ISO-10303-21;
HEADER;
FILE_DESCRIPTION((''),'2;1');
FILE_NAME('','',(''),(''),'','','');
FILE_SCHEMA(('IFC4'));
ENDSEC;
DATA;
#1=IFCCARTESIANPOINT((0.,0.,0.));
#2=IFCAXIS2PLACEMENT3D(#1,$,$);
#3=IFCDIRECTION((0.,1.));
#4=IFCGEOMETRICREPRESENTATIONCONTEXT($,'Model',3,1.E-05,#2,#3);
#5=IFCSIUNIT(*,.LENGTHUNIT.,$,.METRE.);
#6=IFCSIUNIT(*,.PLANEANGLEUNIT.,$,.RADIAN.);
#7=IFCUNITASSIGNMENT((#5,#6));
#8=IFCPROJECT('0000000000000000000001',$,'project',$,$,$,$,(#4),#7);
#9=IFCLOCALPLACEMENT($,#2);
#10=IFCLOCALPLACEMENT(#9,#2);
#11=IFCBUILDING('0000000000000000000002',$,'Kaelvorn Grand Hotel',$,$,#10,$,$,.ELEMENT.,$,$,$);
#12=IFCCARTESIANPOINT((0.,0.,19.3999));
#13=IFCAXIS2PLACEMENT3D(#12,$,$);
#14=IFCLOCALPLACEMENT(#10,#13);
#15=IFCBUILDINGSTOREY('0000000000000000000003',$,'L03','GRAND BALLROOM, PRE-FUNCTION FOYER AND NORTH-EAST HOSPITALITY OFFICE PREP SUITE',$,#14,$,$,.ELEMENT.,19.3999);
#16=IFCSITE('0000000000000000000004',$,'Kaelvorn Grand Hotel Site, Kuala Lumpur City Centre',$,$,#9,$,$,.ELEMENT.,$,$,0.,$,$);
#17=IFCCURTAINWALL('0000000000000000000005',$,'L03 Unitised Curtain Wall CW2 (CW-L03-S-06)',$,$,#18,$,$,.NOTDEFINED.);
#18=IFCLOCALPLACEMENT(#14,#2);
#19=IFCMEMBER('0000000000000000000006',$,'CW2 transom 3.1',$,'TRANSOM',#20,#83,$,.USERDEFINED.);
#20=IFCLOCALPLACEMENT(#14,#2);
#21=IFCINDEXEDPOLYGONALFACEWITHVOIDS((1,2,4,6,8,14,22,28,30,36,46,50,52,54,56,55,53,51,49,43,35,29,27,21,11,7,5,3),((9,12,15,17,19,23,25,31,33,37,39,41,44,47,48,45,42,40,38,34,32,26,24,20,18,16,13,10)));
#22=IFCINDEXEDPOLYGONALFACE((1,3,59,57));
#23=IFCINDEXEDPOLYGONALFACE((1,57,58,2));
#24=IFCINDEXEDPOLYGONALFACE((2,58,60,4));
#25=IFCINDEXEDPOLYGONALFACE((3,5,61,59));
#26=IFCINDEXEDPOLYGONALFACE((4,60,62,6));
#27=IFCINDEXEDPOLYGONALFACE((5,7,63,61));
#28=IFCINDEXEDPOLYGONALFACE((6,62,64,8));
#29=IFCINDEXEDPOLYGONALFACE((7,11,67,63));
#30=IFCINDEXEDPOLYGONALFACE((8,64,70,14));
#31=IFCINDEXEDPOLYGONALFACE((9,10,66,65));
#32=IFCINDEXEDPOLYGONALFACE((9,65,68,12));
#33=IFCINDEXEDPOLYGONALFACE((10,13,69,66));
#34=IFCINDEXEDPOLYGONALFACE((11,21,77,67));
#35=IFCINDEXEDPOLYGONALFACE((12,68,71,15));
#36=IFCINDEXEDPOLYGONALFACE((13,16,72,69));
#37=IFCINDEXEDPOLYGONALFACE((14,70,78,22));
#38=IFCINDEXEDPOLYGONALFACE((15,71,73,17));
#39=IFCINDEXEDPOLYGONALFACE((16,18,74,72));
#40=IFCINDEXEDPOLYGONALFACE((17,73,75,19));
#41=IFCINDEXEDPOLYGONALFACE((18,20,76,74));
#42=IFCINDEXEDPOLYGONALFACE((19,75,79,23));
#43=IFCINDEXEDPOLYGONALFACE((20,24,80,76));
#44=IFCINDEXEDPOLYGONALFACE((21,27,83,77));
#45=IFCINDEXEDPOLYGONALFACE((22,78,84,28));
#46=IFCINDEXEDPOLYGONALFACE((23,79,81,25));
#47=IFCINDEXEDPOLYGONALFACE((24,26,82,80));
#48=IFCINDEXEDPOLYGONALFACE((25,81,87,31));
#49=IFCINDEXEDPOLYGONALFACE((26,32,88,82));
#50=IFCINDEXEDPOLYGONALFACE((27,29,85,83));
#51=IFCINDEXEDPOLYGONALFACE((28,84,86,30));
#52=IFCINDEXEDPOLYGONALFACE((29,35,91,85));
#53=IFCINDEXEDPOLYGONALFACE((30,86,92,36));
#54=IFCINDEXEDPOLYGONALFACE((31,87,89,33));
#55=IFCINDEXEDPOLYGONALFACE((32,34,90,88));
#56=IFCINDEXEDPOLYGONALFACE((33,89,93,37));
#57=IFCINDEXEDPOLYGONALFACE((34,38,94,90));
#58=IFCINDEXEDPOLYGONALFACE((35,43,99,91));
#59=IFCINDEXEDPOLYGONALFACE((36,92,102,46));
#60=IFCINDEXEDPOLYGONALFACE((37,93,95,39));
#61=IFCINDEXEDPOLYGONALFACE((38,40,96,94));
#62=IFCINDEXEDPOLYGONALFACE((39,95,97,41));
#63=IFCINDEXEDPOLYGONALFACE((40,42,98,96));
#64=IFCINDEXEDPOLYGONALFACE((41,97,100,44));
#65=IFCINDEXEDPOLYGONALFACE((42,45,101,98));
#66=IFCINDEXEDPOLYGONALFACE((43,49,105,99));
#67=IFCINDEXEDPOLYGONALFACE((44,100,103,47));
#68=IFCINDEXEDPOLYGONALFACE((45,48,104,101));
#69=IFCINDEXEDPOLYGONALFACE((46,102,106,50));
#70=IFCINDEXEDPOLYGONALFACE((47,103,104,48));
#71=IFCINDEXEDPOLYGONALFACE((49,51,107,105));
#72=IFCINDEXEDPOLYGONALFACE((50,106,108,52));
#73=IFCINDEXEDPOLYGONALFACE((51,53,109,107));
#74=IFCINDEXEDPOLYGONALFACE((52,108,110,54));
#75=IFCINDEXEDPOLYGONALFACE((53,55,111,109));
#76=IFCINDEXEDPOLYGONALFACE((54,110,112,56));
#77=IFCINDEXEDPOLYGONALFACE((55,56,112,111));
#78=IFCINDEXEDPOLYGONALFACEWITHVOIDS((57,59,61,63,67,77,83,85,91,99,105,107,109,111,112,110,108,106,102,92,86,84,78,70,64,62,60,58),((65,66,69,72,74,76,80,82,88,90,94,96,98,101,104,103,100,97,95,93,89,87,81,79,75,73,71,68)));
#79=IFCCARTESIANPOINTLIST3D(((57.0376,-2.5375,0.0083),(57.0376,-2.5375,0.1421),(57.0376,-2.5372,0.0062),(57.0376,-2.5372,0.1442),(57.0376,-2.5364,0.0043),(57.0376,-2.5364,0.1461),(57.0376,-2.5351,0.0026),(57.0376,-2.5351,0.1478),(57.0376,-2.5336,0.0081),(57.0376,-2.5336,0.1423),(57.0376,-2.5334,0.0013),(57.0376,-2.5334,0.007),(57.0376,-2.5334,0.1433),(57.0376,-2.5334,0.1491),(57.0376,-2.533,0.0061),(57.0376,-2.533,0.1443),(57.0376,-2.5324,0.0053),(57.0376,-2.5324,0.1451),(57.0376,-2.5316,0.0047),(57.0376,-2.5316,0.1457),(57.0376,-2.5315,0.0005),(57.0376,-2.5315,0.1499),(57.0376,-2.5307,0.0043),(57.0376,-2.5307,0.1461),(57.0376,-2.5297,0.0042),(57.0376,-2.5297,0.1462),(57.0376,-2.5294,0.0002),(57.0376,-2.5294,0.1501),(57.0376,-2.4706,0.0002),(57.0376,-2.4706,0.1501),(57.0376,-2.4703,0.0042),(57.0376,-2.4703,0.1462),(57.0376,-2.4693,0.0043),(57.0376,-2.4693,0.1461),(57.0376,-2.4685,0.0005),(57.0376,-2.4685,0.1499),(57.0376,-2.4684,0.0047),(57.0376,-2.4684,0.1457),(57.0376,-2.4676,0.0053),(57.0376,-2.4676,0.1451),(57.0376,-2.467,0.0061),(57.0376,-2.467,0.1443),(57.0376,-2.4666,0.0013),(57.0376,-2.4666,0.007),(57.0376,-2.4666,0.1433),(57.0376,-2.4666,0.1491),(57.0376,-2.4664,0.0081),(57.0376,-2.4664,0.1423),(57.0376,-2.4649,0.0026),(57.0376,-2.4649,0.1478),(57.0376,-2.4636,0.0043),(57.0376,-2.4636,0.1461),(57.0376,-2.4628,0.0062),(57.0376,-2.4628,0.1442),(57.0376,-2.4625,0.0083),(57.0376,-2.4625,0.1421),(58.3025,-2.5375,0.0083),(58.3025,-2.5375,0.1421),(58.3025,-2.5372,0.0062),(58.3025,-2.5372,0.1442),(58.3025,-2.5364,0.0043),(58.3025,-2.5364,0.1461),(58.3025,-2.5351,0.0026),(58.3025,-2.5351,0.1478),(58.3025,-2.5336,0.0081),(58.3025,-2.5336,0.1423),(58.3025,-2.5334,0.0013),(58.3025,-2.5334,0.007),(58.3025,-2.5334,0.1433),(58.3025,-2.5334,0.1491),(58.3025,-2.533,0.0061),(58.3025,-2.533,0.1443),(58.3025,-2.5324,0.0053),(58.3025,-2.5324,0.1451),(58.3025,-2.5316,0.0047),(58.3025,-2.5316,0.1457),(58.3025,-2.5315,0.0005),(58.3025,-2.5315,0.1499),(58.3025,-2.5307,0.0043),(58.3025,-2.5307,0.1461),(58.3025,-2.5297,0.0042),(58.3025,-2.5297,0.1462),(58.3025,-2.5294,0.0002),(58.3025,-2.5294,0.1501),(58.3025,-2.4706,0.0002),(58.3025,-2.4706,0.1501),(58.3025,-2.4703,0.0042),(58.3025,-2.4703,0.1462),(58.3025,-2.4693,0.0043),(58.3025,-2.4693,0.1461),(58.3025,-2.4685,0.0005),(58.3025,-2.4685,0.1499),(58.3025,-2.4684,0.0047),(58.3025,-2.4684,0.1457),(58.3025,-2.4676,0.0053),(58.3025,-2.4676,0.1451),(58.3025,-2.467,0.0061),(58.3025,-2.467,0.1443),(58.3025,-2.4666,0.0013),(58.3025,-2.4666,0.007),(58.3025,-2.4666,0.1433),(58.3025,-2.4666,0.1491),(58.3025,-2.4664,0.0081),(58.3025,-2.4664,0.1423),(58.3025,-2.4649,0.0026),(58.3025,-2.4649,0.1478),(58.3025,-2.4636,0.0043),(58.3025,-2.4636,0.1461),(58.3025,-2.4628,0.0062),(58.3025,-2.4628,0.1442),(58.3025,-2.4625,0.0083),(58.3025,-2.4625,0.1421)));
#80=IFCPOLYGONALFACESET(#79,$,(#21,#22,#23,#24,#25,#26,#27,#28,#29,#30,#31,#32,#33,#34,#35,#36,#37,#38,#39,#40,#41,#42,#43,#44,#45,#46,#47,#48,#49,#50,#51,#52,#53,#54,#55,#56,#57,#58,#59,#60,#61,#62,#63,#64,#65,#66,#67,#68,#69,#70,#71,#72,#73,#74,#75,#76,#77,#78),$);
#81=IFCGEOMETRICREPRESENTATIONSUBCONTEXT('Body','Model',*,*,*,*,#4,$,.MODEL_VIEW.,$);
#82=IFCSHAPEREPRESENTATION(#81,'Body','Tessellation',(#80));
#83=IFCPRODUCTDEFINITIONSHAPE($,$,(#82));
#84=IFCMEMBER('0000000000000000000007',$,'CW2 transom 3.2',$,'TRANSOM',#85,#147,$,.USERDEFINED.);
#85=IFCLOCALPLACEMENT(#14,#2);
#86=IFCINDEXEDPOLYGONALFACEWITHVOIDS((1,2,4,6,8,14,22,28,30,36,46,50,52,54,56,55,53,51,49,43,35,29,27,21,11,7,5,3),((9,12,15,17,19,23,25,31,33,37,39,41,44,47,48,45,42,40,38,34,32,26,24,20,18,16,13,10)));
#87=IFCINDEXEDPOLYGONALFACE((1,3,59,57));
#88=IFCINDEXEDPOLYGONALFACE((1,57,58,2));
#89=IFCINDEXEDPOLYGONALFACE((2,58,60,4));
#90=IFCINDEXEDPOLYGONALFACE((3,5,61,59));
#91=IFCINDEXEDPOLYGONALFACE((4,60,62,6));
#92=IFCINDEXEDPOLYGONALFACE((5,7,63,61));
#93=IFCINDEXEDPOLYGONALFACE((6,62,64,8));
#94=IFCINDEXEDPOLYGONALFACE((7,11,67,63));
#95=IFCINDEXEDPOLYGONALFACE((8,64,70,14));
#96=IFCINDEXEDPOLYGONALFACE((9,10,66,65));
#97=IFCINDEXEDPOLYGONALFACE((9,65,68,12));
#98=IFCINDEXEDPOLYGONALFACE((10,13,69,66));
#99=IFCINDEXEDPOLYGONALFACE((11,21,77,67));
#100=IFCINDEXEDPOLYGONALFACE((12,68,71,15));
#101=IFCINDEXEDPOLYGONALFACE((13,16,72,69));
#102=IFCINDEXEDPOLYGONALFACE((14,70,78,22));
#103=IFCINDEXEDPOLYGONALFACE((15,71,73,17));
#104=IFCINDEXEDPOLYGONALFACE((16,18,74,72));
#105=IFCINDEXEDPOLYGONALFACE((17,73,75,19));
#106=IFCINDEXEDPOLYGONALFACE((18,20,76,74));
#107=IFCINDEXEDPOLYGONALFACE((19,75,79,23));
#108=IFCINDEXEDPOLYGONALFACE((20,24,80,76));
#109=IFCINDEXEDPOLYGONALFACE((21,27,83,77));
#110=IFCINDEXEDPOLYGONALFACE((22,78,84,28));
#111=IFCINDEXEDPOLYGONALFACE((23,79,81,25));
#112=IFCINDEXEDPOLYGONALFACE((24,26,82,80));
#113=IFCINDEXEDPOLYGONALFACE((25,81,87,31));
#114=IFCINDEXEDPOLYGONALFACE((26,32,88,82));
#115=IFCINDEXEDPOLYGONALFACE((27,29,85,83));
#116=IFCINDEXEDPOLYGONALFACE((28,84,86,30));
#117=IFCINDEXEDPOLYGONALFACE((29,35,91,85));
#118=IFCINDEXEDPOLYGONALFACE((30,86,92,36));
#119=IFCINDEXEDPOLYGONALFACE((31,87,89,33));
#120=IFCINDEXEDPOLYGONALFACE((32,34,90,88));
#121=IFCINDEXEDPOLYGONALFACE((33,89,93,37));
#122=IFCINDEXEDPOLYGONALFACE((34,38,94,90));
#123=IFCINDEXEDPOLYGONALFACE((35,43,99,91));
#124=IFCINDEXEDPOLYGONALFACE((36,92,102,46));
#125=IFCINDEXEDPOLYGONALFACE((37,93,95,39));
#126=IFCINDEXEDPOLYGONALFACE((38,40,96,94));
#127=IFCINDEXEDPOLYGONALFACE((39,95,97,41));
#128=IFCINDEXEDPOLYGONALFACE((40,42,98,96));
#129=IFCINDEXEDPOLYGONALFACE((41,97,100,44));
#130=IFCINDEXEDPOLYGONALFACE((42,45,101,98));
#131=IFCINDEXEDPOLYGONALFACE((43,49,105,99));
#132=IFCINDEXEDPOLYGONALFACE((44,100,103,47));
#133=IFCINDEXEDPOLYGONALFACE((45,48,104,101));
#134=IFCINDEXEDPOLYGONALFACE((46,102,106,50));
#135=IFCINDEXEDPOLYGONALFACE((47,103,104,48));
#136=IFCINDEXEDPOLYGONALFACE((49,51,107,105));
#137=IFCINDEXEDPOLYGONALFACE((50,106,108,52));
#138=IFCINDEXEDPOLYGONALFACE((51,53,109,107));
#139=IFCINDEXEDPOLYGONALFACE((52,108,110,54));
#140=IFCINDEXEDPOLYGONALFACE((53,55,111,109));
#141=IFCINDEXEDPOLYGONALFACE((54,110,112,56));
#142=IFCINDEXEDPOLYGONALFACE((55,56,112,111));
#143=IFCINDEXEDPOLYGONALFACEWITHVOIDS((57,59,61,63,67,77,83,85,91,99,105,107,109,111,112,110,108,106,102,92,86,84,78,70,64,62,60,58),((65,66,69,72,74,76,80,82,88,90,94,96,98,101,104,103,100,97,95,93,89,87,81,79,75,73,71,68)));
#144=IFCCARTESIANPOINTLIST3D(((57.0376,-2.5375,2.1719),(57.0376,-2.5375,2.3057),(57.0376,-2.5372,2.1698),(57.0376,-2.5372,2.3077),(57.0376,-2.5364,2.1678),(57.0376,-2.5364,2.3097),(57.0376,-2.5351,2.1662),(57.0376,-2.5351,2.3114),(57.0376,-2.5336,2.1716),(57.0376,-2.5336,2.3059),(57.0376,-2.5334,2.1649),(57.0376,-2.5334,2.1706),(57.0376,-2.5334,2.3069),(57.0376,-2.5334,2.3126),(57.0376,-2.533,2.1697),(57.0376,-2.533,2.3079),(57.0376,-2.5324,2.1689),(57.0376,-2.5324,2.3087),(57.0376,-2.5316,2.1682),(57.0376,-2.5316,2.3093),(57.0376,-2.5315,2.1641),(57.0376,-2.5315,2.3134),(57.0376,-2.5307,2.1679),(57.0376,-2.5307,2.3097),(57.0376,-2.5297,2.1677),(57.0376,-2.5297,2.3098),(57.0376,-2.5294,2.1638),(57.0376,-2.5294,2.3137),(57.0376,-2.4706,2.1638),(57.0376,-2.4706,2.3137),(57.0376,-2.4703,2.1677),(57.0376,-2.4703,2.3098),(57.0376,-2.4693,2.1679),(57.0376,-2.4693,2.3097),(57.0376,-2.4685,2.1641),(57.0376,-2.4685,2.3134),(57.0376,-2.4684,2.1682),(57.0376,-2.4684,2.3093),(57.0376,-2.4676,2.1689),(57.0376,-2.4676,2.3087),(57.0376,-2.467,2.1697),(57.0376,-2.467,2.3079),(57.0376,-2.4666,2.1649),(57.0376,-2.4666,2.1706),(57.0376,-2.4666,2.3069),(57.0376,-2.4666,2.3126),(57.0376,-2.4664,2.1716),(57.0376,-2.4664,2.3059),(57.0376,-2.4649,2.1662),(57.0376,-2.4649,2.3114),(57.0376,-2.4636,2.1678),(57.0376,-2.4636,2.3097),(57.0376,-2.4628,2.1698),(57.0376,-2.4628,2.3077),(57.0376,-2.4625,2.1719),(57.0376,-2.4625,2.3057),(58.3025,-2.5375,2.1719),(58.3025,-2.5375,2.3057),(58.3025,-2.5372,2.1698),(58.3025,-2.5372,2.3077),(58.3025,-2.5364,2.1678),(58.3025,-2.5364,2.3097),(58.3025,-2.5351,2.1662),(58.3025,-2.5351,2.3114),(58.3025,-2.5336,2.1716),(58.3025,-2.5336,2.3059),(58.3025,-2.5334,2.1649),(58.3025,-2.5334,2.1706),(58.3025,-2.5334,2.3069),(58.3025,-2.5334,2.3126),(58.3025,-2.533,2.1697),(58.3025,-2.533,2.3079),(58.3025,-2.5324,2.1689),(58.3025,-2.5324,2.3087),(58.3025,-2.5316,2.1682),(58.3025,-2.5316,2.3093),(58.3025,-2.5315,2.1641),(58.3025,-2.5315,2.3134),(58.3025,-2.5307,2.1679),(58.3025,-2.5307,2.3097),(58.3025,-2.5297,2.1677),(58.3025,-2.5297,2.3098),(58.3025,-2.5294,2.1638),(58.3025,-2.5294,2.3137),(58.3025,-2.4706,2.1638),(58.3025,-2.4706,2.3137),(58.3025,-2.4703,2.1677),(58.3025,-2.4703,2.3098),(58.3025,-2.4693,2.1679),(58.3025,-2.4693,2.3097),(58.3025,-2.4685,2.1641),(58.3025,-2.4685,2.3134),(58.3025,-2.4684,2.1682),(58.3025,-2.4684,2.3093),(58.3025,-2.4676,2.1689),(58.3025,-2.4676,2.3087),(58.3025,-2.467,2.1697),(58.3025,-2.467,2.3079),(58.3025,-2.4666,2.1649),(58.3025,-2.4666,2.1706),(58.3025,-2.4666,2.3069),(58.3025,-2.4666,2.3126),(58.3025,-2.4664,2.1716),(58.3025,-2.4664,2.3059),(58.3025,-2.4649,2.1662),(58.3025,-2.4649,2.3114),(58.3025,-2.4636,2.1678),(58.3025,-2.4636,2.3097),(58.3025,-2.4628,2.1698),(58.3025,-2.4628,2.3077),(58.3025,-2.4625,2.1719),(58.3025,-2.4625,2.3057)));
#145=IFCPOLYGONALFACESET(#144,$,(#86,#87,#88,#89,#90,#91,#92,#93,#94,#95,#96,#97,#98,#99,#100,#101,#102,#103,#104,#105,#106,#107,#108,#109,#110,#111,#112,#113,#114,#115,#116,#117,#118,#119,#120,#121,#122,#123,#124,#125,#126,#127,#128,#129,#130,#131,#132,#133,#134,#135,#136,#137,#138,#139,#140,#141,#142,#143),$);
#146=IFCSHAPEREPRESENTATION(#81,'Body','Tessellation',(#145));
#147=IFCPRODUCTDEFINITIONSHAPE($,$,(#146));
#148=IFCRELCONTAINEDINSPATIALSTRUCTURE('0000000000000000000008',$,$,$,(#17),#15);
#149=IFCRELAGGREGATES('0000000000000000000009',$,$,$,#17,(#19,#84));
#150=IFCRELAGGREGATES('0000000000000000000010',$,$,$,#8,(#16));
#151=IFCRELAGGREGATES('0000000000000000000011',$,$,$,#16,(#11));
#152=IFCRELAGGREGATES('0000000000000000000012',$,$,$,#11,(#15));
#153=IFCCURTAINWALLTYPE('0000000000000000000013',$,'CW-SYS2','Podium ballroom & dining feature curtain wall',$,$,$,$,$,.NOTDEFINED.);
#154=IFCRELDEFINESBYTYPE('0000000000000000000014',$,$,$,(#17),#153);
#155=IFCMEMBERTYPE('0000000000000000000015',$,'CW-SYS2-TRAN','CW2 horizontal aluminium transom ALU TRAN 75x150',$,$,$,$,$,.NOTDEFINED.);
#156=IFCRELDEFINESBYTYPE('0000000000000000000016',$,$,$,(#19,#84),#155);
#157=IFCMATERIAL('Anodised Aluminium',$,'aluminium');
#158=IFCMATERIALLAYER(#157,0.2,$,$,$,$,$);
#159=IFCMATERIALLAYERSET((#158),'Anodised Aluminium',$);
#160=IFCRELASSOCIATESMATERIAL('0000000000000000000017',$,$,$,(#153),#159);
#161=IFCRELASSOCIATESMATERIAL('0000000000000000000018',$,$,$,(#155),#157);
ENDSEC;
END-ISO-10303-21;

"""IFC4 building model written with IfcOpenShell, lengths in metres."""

from ifc_helpers import new_model, si_unit, direction, frame, origin, origin_2d, place, context, subcontext, project, spatial, hollow_rectangle, extrude, material, layer, layer_set, material_profile, profile_set, type_object, element, aggregate, save


model = new_model("IFC4")

# Units and contexts
model_context = context("Model", 3, precision=1e-05, world=origin(), true_north=direction((0.0, 1.0)))
body_context = subcontext(model_context, "Body", "Model", "MODEL_VIEW")
ifc_project = project(units=[si_unit("LENGTHUNIT", "METRE"), si_unit("PLANEANGLEUNIT", "RADIAN")], contexts=[model_context])

# Site, building, storey
site_placement = place(None, origin())
site = spatial("IfcSite", under=ifc_project, at=site_placement, Name="Kaelvorn Grand Hotel Site, Kuala Lumpur City Centre", CompositionType="ELEMENT", RefElevation=0.0)
building_placement = place(site_placement, origin())
building = spatial("IfcBuilding", under=site, at=building_placement, Name="Kaelvorn Grand Hotel", CompositionType="ELEMENT")
storey_placement = place(building_placement, frame((0.0, 0.0, 19.3999)))
storey = spatial("IfcBuildingStorey", under=building, at=storey_placement, Name="L03", Description="GRAND BALLROOM, PRE-FUNCTION FOYER AND NORTH-EAST HOSPITALITY OFFICE PREP SUITE", CompositionType="ELEMENT", Elevation=19.3999)

# Shared definitions
ifc_material_1 = material(Name="Anodised Aluminium", Category="aluminium")
ifc_layer_1 = layer(ifc_material_1, 0.2)
ifc_layer_set_1 = layer_set([ifc_layer_1], Name="Anodised Aluminium")
curtain_wall_type = type_object("IfcCurtainWallType", Name="CW-SYS2", Description="Podium ballroom & dining feature curtain wall", PredefinedType="NOTDEFINED", material=ifc_layer_set_1)

# Curtain wall, members
curtain_wall_1_placement = place(storey_placement, origin())
curtain_wall_1 = element("IfcCurtainWall", 1, at=curtain_wall_1_placement, inside=storey, type_object=curtain_wall_type, Name="L03 Unitised Curtain Wall CW2 (CW-L03-S-06)", PredefinedType="NOTDEFINED")
ifc_material_profile_1 = material_profile(ifc_material_1, hollow_rectangle(XDim=0.075, YDim=0.1499, WallThickness=0.0039, InnerFilletRadius=0.0039, OuterFilletRadius=0.0081, at=origin_2d()), Name="ALU TRAN 75x150")
ifc_profile_set_1 = profile_set([ifc_material_profile_1], Name="Anodised Aluminium")
member_type_1 = type_object("IfcMemberType", Name="CW-SYS2-TRAN", Description="CW2 horizontal aluminium transom ALU TRAN 75x150", PredefinedType="NOTDEFINED", material=ifc_profile_set_1)
member_1_placement = place(storey_placement, frame((57.0376, -2.5, 0.0752), z_axis=(1.0, 0.0, 0.0), x_axis=(0.0, 1.0, 0.0)))
member_1 = element("IfcMember", 2, at=member_1_placement, type_object=member_type_1, Name="CW2 transom 3.1", ObjectType="TRANSOM", PredefinedType="USERDEFINED", context=body_context, shape_type="SweptSolid", body=[
    extrude(hollow_rectangle(XDim=0.075, YDim=0.1499, WallThickness=0.0039, InnerFilletRadius=0.0039, OuterFilletRadius=0.0081, at=origin_2d()), origin(), (0.0, 0.0, 1.0), 1.2649),
])
member_2_placement = place(storey_placement, frame((57.0376, -2.5, 2.2388), z_axis=(1.0, 0.0, 0.0), x_axis=(0.0, 1.0, 0.0)))
member_2 = element("IfcMember", 3, at=member_2_placement, type_object=member_type_1, Name="CW2 transom 3.2", ObjectType="TRANSOM", PredefinedType="USERDEFINED", context=body_context, shape_type="SweptSolid", body=[
    extrude(hollow_rectangle(XDim=0.075, YDim=0.1499, WallThickness=0.0039, InnerFilletRadius=0.0039, OuterFilletRadius=0.0081, at=origin_2d()), origin(), (0.0, 0.0, 1.0), 1.2649),
])

aggregate(curtain_wall_1, [member_1, member_2])

save(model, "model.ifc")
